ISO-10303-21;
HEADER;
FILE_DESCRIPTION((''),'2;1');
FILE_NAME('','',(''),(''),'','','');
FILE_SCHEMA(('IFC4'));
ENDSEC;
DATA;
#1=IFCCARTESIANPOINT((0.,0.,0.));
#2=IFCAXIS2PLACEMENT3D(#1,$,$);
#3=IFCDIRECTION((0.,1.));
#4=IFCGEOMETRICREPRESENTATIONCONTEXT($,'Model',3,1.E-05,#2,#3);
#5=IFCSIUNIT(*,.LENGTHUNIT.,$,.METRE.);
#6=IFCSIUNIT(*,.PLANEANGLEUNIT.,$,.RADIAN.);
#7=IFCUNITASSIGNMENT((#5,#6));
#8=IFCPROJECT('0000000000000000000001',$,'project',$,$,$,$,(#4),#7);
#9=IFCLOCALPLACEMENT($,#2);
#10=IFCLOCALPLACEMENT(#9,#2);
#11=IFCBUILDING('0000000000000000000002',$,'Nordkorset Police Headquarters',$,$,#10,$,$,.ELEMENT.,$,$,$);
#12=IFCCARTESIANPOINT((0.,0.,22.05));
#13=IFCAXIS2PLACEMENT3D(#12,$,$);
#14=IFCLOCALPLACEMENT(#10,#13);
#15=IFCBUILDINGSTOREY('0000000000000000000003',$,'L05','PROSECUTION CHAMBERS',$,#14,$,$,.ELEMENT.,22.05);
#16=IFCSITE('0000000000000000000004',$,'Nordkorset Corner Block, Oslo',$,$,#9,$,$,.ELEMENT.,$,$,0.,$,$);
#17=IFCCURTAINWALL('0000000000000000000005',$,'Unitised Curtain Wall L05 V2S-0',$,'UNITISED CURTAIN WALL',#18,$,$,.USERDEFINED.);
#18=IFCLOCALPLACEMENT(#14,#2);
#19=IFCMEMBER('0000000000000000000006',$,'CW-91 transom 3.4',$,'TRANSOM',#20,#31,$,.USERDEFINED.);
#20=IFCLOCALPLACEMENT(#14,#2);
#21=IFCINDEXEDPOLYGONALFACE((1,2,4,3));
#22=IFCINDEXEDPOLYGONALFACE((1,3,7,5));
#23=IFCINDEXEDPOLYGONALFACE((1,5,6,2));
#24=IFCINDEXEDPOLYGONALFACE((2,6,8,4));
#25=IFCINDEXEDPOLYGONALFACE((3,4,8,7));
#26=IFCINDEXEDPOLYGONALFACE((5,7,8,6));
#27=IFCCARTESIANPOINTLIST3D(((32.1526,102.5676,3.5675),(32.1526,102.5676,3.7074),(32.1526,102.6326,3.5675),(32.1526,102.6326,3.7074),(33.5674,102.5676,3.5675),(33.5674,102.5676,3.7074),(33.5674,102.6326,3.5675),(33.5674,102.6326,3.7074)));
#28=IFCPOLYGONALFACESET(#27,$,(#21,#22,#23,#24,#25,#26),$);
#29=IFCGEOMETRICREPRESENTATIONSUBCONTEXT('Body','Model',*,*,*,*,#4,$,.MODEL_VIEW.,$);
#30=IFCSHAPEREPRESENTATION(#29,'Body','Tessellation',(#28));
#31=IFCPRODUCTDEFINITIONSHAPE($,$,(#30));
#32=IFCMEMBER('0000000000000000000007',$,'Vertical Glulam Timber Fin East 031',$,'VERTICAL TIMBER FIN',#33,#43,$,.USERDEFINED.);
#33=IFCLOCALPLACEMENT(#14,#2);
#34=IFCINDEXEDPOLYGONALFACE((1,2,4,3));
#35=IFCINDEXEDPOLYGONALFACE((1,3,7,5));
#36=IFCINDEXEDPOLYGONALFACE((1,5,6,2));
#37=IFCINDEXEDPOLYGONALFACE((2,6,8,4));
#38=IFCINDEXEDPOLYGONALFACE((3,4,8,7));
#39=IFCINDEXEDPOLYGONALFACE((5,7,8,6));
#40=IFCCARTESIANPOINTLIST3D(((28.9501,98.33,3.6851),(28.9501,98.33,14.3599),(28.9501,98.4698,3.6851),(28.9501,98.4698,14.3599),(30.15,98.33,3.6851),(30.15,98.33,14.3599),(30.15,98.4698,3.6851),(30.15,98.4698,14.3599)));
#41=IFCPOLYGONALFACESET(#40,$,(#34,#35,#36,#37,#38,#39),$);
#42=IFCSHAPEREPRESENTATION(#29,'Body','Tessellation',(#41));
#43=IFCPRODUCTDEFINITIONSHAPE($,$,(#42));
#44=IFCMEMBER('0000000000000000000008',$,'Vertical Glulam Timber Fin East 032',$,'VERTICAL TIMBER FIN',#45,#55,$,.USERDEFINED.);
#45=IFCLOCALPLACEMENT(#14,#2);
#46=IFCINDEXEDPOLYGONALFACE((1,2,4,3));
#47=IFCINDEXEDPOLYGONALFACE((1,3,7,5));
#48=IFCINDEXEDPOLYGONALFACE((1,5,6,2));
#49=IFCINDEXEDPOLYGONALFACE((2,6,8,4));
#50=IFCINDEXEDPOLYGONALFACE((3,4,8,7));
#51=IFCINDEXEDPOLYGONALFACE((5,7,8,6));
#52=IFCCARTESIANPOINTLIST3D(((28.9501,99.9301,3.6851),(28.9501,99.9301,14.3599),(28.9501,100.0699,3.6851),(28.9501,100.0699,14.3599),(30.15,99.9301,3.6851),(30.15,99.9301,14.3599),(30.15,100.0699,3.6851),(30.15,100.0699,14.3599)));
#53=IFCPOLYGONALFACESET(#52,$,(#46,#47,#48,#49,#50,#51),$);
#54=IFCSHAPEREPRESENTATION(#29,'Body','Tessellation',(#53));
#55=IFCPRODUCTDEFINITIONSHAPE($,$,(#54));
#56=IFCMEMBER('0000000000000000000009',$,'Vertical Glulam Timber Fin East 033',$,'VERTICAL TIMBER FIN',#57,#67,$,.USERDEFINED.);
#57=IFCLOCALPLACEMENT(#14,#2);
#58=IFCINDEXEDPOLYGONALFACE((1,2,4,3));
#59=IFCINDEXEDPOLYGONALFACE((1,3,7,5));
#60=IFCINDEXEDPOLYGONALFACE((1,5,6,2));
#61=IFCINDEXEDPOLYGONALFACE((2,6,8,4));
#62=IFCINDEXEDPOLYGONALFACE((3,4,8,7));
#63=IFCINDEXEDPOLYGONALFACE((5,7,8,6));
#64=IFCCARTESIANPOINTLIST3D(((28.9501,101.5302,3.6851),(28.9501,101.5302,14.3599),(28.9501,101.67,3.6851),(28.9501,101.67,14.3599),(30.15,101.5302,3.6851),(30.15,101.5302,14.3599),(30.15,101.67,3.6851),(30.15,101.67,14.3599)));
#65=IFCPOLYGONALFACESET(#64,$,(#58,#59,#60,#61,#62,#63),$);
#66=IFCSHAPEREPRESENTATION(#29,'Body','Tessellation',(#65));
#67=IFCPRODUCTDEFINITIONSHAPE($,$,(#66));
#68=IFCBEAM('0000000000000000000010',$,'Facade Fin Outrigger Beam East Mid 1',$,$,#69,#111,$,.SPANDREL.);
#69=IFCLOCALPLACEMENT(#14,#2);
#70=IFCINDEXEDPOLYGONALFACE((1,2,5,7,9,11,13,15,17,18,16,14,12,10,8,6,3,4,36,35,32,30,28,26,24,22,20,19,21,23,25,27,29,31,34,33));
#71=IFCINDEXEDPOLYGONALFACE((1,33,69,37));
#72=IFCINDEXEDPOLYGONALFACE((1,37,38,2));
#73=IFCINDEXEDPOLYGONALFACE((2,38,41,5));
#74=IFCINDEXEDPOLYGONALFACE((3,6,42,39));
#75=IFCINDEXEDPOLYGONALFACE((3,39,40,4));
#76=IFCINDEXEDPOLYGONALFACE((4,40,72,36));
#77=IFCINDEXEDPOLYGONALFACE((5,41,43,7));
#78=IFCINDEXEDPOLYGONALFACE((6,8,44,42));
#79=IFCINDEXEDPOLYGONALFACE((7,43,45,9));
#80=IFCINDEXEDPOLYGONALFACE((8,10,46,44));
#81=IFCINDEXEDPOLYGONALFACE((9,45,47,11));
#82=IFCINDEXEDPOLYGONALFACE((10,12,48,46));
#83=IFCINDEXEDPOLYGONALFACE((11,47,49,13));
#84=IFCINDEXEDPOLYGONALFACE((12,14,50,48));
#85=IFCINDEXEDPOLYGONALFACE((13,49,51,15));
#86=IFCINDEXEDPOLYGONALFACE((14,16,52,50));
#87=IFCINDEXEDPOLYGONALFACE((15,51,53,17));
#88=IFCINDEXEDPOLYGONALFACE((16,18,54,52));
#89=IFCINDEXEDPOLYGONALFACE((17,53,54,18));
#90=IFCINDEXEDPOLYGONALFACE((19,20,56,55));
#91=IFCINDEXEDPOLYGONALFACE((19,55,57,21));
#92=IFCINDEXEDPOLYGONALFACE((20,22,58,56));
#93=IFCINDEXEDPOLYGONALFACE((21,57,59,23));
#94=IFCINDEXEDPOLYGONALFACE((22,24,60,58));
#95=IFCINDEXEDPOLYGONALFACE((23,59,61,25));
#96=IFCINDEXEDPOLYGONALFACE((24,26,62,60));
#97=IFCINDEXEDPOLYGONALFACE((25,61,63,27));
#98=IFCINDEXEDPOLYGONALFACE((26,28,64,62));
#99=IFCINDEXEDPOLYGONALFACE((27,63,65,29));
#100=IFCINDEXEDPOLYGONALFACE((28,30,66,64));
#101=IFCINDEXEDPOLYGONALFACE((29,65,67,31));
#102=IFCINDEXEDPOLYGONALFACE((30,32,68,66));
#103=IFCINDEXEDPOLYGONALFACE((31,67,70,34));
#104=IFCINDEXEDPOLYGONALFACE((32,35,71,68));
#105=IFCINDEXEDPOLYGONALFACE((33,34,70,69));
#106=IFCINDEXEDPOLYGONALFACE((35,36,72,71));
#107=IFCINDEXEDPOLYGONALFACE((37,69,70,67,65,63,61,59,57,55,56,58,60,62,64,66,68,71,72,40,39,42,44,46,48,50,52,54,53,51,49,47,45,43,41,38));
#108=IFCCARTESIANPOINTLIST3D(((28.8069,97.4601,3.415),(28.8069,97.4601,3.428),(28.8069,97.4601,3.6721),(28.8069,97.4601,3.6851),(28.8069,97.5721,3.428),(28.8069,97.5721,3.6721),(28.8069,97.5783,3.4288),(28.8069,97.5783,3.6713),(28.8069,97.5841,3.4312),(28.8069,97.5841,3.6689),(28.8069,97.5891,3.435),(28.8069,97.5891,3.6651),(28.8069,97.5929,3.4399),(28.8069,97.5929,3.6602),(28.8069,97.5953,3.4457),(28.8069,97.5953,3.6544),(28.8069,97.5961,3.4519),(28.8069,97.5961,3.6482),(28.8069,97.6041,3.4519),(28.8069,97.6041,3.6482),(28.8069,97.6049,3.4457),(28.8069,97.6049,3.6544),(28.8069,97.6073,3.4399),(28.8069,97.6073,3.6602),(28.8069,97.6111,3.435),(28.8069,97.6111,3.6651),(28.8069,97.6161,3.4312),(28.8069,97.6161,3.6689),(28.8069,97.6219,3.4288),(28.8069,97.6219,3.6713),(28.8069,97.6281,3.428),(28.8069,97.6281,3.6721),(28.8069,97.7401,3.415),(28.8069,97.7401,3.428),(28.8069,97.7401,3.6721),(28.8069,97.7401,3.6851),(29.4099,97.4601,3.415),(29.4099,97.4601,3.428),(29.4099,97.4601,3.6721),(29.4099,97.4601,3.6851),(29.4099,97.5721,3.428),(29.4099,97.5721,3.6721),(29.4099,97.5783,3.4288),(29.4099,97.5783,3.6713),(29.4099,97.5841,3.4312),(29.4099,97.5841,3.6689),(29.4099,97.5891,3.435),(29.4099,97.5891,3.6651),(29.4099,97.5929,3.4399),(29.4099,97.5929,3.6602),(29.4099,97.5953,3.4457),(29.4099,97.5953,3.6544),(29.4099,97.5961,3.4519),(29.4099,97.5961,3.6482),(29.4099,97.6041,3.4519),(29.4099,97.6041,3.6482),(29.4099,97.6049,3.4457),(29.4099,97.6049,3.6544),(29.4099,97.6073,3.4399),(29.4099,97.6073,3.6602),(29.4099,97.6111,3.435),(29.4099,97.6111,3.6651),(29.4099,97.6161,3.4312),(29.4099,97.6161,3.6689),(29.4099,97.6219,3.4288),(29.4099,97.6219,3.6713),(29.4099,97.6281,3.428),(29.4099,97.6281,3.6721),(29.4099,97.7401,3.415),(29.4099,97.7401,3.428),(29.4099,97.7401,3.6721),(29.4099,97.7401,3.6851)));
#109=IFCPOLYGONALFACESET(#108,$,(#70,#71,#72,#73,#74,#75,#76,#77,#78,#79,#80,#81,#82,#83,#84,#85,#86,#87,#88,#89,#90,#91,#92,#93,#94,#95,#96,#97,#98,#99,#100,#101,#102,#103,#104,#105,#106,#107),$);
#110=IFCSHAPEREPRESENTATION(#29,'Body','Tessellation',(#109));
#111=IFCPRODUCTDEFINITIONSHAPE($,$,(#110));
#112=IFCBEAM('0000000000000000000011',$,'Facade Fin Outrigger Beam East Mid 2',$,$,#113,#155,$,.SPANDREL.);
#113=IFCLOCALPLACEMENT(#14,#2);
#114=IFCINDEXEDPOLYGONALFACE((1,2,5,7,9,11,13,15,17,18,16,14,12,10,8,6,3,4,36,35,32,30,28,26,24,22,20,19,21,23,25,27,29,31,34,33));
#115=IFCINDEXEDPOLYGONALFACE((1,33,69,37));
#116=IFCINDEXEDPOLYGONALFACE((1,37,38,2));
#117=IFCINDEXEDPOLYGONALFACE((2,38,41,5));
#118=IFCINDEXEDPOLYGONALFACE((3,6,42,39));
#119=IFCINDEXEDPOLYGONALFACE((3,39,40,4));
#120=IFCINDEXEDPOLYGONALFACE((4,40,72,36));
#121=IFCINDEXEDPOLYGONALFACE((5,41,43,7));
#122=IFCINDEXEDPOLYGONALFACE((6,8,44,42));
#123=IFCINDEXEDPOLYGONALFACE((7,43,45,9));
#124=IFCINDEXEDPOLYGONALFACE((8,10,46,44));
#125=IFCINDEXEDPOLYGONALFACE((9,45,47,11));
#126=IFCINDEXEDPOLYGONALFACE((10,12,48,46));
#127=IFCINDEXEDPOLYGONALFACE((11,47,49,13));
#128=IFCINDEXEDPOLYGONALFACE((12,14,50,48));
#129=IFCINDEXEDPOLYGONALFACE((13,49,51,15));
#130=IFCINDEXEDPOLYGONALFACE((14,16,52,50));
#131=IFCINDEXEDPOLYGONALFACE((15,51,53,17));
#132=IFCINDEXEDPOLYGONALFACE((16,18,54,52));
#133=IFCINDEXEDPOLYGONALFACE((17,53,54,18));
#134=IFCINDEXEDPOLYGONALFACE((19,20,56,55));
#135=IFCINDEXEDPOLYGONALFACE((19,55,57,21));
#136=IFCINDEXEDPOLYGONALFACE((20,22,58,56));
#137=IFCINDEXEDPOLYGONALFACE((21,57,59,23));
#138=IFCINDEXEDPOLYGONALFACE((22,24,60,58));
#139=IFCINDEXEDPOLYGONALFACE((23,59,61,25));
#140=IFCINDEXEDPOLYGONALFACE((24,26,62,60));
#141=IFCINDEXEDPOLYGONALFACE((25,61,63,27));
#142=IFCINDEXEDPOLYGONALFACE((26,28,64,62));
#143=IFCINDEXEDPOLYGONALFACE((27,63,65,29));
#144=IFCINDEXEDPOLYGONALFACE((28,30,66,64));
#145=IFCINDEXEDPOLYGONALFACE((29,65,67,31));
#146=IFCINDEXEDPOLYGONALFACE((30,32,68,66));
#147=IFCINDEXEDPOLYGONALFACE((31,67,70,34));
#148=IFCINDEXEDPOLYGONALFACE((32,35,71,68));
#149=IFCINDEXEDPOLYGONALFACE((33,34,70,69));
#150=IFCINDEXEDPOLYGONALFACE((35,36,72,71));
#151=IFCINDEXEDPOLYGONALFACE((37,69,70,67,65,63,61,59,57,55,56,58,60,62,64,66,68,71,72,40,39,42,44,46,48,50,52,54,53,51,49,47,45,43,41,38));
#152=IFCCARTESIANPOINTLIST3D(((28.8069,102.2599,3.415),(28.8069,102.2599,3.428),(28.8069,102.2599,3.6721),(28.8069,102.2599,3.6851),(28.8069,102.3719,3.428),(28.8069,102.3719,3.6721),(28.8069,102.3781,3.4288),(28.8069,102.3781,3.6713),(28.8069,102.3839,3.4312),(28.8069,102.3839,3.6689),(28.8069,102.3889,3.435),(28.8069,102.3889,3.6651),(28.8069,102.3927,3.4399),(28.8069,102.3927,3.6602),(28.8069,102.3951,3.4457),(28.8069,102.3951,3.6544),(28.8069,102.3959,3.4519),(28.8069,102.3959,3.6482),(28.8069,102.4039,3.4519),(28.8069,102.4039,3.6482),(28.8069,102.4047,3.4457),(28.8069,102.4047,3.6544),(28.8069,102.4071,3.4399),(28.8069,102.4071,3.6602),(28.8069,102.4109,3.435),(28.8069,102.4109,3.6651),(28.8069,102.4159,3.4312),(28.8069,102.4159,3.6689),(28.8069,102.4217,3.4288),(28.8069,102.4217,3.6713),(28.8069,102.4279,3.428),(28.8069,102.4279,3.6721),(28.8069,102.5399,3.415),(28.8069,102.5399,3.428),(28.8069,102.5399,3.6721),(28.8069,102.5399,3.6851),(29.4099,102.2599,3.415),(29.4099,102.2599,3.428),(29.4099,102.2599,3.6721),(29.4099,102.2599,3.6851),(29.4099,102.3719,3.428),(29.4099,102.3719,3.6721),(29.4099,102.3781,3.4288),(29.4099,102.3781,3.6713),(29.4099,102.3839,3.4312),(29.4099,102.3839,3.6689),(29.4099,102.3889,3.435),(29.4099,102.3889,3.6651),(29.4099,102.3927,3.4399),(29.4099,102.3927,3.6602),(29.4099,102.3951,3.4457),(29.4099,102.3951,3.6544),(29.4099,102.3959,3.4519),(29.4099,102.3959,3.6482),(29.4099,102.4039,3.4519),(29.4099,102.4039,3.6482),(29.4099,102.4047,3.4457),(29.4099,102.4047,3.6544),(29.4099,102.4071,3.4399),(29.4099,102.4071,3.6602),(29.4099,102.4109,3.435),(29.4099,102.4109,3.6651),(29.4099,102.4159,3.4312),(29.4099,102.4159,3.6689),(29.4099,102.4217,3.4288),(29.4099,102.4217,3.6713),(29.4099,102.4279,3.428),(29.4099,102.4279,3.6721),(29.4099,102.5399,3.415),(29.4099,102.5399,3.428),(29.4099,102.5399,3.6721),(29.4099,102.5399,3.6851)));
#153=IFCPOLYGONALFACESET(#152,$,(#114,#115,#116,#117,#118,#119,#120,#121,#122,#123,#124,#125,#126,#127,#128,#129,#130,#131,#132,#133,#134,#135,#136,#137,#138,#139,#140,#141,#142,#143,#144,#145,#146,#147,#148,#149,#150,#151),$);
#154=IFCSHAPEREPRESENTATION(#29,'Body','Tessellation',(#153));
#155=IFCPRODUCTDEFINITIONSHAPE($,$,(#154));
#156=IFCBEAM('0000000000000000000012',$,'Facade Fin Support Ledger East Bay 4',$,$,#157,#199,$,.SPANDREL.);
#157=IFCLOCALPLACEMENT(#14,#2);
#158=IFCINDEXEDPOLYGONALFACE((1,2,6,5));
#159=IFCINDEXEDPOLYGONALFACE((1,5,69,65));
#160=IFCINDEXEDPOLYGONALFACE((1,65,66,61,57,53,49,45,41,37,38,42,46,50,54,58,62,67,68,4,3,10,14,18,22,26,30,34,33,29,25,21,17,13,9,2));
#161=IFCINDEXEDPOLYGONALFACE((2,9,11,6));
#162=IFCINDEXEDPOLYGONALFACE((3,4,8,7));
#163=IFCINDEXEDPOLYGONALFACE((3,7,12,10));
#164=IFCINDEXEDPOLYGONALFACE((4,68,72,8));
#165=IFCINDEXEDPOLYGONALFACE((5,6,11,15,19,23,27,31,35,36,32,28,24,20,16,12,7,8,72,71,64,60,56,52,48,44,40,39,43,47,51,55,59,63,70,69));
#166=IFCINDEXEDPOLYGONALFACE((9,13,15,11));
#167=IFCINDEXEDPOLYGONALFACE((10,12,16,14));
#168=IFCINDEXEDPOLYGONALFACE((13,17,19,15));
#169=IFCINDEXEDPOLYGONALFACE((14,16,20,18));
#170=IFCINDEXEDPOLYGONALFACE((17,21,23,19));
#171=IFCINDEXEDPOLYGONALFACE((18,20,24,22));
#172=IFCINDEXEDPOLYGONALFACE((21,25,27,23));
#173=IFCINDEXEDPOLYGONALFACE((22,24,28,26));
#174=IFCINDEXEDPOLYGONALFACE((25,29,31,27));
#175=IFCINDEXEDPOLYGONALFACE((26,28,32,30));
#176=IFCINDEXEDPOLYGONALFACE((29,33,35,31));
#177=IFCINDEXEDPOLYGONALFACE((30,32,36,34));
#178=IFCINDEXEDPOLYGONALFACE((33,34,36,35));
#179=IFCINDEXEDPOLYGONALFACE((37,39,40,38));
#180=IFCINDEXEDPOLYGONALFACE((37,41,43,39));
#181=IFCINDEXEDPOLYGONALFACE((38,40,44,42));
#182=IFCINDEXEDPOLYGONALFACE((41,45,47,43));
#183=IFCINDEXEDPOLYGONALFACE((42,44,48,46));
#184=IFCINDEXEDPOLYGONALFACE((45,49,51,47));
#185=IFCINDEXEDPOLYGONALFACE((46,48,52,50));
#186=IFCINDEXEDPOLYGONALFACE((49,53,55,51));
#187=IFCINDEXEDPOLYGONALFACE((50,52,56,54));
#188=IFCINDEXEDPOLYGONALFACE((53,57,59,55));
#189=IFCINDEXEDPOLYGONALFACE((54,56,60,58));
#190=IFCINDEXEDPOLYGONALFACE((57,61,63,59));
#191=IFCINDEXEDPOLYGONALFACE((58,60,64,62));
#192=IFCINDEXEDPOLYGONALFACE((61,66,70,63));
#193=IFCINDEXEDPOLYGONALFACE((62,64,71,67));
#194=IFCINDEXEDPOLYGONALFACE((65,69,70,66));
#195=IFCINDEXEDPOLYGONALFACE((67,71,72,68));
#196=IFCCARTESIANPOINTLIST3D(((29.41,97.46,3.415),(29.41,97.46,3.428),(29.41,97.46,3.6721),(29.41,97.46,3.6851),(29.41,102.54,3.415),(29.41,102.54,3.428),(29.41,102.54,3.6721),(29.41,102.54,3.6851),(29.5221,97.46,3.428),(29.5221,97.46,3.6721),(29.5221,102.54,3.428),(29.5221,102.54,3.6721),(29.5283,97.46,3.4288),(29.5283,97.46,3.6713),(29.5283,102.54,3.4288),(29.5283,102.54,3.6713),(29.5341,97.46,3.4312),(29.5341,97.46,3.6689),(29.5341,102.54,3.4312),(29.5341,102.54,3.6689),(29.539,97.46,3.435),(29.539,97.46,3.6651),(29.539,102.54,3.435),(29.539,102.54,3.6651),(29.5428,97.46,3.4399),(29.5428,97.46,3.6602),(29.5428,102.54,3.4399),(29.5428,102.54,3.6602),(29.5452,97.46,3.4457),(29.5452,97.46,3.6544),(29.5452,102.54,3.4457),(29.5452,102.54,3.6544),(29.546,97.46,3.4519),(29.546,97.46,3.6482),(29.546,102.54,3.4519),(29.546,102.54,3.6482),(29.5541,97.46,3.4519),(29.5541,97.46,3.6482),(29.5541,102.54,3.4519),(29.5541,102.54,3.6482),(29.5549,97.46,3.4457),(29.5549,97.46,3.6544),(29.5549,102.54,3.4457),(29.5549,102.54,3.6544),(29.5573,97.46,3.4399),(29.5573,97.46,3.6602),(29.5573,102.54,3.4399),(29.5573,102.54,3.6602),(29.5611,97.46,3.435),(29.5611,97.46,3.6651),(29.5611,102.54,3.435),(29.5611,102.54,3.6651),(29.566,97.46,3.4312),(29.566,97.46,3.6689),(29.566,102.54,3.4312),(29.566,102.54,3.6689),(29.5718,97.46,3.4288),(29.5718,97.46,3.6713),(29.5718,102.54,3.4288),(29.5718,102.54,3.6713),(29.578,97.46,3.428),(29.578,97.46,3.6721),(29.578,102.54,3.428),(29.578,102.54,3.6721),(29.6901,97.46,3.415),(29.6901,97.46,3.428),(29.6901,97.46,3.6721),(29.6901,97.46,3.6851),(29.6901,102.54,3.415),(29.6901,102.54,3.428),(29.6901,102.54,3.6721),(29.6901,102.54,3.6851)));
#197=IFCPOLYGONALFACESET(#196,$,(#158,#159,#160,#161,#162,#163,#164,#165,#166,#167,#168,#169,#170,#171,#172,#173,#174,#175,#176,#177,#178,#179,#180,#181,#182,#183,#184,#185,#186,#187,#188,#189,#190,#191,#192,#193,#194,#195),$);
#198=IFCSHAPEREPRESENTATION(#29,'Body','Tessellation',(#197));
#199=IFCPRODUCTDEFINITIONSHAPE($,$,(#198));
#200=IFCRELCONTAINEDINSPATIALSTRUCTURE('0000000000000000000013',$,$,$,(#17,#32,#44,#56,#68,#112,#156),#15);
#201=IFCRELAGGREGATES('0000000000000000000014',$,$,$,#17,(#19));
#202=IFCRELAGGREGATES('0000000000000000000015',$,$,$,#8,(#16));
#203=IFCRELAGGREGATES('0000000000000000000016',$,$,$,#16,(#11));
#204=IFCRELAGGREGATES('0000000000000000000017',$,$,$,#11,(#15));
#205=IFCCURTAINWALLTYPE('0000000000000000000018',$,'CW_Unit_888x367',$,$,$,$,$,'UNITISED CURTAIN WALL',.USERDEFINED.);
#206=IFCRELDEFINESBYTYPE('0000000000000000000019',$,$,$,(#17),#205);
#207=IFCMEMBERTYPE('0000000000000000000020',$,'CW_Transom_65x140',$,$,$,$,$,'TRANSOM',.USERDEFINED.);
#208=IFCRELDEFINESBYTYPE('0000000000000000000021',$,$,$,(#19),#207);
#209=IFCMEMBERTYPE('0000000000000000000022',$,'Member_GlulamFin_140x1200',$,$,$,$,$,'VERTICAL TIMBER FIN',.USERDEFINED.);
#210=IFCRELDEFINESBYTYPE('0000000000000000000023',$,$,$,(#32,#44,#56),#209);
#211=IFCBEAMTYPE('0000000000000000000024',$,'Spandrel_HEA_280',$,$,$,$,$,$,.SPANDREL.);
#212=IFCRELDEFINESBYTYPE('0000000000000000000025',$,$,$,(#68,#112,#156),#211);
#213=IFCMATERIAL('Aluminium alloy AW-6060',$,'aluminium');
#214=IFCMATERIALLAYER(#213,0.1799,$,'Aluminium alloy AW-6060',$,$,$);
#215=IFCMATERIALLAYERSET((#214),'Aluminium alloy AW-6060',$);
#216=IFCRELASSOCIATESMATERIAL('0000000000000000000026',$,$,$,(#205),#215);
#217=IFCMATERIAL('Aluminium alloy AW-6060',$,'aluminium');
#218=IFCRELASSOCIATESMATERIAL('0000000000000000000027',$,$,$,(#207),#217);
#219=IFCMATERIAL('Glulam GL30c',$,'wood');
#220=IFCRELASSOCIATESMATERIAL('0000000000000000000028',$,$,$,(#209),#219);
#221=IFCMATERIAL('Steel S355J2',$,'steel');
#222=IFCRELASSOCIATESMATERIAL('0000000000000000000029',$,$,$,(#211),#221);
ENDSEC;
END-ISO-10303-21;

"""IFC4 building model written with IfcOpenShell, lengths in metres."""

from ifc_helpers import new_model, si_unit, direction, frame, origin, origin_2d, place, context, subcontext, project, spatial, rectangle, i_section, extrude, material, layer, layer_set, material_profile, profile_set, type_object, element, aggregate, save


model = new_model("IFC4")

# Units and contexts
model_context = context("Model", 3, precision=1e-05, world=origin(), true_north=direction((0.0, 1.0)))
body_context = subcontext(model_context, "Body", "Model", "MODEL_VIEW")
ifc_project = project(units=[si_unit("LENGTHUNIT", "METRE"), si_unit("PLANEANGLEUNIT", "RADIAN")], contexts=[model_context])

# Site, building, storey
site_placement = place(None, origin())
site = spatial("IfcSite", under=ifc_project, at=site_placement, Name="Nordkorset Corner Block, Oslo", CompositionType="ELEMENT", RefElevation=0.0)
building_placement = place(site_placement, origin())
building = spatial("IfcBuilding", under=site, at=building_placement, Name="Nordkorset Police Headquarters", CompositionType="ELEMENT")
storey_placement = place(building_placement, frame((0.0, 0.0, 22.05)))
storey = spatial("IfcBuildingStorey", under=building, at=storey_placement, Name="L05", Description="PROSECUTION CHAMBERS", CompositionType="ELEMENT", Elevation=22.05)

# Curtain wall, member
ifc_material_1 = material(Name="Aluminium alloy AW-6060", Category="aluminium")
ifc_layer_1 = layer(ifc_material_1, 0.1799, Name="Aluminium alloy AW-6060")
ifc_layer_set_1 = layer_set([ifc_layer_1], Name="Aluminium alloy AW-6060")
curtain_wall_type = type_object("IfcCurtainWallType", Name="CW_Unit_888x367", ElementType="UNITISED CURTAIN WALL", PredefinedType="USERDEFINED", material=ifc_layer_set_1)
curtain_wall_placement = place(storey_placement, origin())
curtain_wall = element("IfcCurtainWall", 1, at=curtain_wall_placement, inside=storey, type_object=curtain_wall_type, Name="Unitised Curtain Wall L05 V2S-0", ObjectType="UNITISED CURTAIN WALL", PredefinedType="USERDEFINED")
ifc_material_2 = material(Name="Aluminium alloy AW-6060", Category="aluminium")
ifc_material_profile_1 = material_profile(ifc_material_2, rectangle(XDim=0.0649, YDim=0.1399, at=origin_2d()), Name="ALU TRAN 65x140")
ifc_profile_set_1 = profile_set([ifc_material_profile_1], Name="Aluminium alloy AW-6060")
member_type_1 = type_object("IfcMemberType", Name="CW_Transom_65x140", ElementType="TRANSOM", PredefinedType="USERDEFINED", material=ifc_profile_set_1)
member_1_placement = place(storey_placement, frame((32.1526, 102.6001, 3.6375), z_axis=(1.0, 0.0, 0.0), x_axis=(0.0, 1.0, 0.0)))
member_1 = element("IfcMember", 2, at=member_1_placement, type_object=member_type_1, Name="CW-91 transom 3.4", ObjectType="TRANSOM", PredefinedType="USERDEFINED", context=body_context, shape_type="SweptSolid", body=[
    extrude(rectangle(XDim=0.0649, YDim=0.1399, at=origin_2d()), origin(), (0.0, 0.0, 1.0), 1.4148),
])

# Members
ifc_material_3 = material(Name="Glulam GL30c", Category="wood")
ifc_material_profile_2 = material_profile(ifc_material_3, rectangle(XDim=0.1399, YDim=1.2, at=origin_2d()), Name="GL30C FIN 140x1200")
ifc_profile_set_2 = profile_set([ifc_material_profile_2], Name="Glulam GL30c")
member_type_2 = type_object("IfcMemberType", Name="Member_GlulamFin_140x1200", ElementType="VERTICAL TIMBER FIN", PredefinedType="USERDEFINED", material=ifc_profile_set_2)
for number, where, z_axis, x_axis, name in (
    (3, (29.55, 98.3999, 3.6851), (0.0, 0.0, 1.0), (0.0, 1.0, 0.0), "Vertical Glulam Timber Fin East 031"),
    (4, (29.55, 100.0, 3.6851), (0.0, 0.0, 1.0), (0.0, 1.0, 0.0), "Vertical Glulam Timber Fin East 032"),
    (5, (29.55, 101.6001, 3.6851), (0.0, 0.0, 1.0), (0.0, 1.0, 0.0), "Vertical Glulam Timber Fin East 033"),
):
    element("IfcMember", number, at=place(storey_placement, frame(where, z_axis=z_axis, x_axis=x_axis)), inside=storey, type_object=member_type_2, Name=name, ObjectType="VERTICAL TIMBER FIN", PredefinedType="USERDEFINED", context=body_context, shape_type="SweptSolid", body=[
        extrude(rectangle(XDim=0.1399, YDim=1.2, at=origin_2d()), origin(), (0.0, 0.0, 1.0), 10.6748),
    ])

# Beams
ifc_material_4 = material(Name="Steel S355J2", Category="steel")
ifc_material_profile_3 = material_profile(ifc_material_4, i_section(OverallWidth=0.28, OverallDepth=0.27, WebThickness=0.0081, FlangeThickness=0.0129, FilletRadius=0.0239, at=origin_2d()), Name="HEA 280")
ifc_profile_set_3 = profile_set([ifc_material_profile_3], Name="Steel S355J2")
beam_type_1 = type_object("IfcBeamType", Name="Spandrel_HEA_280", PredefinedType="SPANDREL", material=ifc_profile_set_3)
for number, where, z_axis, x_axis, name in (
    (6, (28.8069, 97.6001, 3.55), (1.0, 0.0, 0.0), (0.0, 1.0, 0.0), "Facade Fin Outrigger Beam East Mid 1"),
    (7, (28.8069, 102.3999, 3.55), (1.0, 0.0, 0.0), (0.0, 1.0, 0.0), "Facade Fin Outrigger Beam East Mid 2"),
):
    element("IfcBeam", number, at=place(storey_placement, frame(where, z_axis=z_axis, x_axis=x_axis)), inside=storey, type_object=beam_type_1, Name=name, PredefinedType="SPANDREL", context=body_context, shape_type="SweptSolid", body=[
        extrude(i_section(OverallWidth=0.28, OverallDepth=0.27, WebThickness=0.0081, FlangeThickness=0.0129, FilletRadius=0.0239, at=origin_2d()), origin(), (0.0, 0.0, 1.0), 0.603),
    ])
beam_1_placement = place(storey_placement, frame((29.55, 97.46, 3.55), z_axis=(0.0, 1.0, 0.0), x_axis=(-1.0, 0.0, 0.0)))
element("IfcBeam", 8, at=beam_1_placement, inside=storey, type_object=beam_type_1, Name="Facade Fin Support Ledger East Bay 4", PredefinedType="SPANDREL", context=body_context, shape_type="SweptSolid", body=[
    extrude(i_section(OverallWidth=0.28, OverallDepth=0.27, WebThickness=0.0081, FlangeThickness=0.0129, FilletRadius=0.0239, at=origin_2d()), origin(), (0.0, 0.0, 1.0), 5.0801),
])

aggregate(curtain_wall, [member_1])

save(model, "model.ifc")
